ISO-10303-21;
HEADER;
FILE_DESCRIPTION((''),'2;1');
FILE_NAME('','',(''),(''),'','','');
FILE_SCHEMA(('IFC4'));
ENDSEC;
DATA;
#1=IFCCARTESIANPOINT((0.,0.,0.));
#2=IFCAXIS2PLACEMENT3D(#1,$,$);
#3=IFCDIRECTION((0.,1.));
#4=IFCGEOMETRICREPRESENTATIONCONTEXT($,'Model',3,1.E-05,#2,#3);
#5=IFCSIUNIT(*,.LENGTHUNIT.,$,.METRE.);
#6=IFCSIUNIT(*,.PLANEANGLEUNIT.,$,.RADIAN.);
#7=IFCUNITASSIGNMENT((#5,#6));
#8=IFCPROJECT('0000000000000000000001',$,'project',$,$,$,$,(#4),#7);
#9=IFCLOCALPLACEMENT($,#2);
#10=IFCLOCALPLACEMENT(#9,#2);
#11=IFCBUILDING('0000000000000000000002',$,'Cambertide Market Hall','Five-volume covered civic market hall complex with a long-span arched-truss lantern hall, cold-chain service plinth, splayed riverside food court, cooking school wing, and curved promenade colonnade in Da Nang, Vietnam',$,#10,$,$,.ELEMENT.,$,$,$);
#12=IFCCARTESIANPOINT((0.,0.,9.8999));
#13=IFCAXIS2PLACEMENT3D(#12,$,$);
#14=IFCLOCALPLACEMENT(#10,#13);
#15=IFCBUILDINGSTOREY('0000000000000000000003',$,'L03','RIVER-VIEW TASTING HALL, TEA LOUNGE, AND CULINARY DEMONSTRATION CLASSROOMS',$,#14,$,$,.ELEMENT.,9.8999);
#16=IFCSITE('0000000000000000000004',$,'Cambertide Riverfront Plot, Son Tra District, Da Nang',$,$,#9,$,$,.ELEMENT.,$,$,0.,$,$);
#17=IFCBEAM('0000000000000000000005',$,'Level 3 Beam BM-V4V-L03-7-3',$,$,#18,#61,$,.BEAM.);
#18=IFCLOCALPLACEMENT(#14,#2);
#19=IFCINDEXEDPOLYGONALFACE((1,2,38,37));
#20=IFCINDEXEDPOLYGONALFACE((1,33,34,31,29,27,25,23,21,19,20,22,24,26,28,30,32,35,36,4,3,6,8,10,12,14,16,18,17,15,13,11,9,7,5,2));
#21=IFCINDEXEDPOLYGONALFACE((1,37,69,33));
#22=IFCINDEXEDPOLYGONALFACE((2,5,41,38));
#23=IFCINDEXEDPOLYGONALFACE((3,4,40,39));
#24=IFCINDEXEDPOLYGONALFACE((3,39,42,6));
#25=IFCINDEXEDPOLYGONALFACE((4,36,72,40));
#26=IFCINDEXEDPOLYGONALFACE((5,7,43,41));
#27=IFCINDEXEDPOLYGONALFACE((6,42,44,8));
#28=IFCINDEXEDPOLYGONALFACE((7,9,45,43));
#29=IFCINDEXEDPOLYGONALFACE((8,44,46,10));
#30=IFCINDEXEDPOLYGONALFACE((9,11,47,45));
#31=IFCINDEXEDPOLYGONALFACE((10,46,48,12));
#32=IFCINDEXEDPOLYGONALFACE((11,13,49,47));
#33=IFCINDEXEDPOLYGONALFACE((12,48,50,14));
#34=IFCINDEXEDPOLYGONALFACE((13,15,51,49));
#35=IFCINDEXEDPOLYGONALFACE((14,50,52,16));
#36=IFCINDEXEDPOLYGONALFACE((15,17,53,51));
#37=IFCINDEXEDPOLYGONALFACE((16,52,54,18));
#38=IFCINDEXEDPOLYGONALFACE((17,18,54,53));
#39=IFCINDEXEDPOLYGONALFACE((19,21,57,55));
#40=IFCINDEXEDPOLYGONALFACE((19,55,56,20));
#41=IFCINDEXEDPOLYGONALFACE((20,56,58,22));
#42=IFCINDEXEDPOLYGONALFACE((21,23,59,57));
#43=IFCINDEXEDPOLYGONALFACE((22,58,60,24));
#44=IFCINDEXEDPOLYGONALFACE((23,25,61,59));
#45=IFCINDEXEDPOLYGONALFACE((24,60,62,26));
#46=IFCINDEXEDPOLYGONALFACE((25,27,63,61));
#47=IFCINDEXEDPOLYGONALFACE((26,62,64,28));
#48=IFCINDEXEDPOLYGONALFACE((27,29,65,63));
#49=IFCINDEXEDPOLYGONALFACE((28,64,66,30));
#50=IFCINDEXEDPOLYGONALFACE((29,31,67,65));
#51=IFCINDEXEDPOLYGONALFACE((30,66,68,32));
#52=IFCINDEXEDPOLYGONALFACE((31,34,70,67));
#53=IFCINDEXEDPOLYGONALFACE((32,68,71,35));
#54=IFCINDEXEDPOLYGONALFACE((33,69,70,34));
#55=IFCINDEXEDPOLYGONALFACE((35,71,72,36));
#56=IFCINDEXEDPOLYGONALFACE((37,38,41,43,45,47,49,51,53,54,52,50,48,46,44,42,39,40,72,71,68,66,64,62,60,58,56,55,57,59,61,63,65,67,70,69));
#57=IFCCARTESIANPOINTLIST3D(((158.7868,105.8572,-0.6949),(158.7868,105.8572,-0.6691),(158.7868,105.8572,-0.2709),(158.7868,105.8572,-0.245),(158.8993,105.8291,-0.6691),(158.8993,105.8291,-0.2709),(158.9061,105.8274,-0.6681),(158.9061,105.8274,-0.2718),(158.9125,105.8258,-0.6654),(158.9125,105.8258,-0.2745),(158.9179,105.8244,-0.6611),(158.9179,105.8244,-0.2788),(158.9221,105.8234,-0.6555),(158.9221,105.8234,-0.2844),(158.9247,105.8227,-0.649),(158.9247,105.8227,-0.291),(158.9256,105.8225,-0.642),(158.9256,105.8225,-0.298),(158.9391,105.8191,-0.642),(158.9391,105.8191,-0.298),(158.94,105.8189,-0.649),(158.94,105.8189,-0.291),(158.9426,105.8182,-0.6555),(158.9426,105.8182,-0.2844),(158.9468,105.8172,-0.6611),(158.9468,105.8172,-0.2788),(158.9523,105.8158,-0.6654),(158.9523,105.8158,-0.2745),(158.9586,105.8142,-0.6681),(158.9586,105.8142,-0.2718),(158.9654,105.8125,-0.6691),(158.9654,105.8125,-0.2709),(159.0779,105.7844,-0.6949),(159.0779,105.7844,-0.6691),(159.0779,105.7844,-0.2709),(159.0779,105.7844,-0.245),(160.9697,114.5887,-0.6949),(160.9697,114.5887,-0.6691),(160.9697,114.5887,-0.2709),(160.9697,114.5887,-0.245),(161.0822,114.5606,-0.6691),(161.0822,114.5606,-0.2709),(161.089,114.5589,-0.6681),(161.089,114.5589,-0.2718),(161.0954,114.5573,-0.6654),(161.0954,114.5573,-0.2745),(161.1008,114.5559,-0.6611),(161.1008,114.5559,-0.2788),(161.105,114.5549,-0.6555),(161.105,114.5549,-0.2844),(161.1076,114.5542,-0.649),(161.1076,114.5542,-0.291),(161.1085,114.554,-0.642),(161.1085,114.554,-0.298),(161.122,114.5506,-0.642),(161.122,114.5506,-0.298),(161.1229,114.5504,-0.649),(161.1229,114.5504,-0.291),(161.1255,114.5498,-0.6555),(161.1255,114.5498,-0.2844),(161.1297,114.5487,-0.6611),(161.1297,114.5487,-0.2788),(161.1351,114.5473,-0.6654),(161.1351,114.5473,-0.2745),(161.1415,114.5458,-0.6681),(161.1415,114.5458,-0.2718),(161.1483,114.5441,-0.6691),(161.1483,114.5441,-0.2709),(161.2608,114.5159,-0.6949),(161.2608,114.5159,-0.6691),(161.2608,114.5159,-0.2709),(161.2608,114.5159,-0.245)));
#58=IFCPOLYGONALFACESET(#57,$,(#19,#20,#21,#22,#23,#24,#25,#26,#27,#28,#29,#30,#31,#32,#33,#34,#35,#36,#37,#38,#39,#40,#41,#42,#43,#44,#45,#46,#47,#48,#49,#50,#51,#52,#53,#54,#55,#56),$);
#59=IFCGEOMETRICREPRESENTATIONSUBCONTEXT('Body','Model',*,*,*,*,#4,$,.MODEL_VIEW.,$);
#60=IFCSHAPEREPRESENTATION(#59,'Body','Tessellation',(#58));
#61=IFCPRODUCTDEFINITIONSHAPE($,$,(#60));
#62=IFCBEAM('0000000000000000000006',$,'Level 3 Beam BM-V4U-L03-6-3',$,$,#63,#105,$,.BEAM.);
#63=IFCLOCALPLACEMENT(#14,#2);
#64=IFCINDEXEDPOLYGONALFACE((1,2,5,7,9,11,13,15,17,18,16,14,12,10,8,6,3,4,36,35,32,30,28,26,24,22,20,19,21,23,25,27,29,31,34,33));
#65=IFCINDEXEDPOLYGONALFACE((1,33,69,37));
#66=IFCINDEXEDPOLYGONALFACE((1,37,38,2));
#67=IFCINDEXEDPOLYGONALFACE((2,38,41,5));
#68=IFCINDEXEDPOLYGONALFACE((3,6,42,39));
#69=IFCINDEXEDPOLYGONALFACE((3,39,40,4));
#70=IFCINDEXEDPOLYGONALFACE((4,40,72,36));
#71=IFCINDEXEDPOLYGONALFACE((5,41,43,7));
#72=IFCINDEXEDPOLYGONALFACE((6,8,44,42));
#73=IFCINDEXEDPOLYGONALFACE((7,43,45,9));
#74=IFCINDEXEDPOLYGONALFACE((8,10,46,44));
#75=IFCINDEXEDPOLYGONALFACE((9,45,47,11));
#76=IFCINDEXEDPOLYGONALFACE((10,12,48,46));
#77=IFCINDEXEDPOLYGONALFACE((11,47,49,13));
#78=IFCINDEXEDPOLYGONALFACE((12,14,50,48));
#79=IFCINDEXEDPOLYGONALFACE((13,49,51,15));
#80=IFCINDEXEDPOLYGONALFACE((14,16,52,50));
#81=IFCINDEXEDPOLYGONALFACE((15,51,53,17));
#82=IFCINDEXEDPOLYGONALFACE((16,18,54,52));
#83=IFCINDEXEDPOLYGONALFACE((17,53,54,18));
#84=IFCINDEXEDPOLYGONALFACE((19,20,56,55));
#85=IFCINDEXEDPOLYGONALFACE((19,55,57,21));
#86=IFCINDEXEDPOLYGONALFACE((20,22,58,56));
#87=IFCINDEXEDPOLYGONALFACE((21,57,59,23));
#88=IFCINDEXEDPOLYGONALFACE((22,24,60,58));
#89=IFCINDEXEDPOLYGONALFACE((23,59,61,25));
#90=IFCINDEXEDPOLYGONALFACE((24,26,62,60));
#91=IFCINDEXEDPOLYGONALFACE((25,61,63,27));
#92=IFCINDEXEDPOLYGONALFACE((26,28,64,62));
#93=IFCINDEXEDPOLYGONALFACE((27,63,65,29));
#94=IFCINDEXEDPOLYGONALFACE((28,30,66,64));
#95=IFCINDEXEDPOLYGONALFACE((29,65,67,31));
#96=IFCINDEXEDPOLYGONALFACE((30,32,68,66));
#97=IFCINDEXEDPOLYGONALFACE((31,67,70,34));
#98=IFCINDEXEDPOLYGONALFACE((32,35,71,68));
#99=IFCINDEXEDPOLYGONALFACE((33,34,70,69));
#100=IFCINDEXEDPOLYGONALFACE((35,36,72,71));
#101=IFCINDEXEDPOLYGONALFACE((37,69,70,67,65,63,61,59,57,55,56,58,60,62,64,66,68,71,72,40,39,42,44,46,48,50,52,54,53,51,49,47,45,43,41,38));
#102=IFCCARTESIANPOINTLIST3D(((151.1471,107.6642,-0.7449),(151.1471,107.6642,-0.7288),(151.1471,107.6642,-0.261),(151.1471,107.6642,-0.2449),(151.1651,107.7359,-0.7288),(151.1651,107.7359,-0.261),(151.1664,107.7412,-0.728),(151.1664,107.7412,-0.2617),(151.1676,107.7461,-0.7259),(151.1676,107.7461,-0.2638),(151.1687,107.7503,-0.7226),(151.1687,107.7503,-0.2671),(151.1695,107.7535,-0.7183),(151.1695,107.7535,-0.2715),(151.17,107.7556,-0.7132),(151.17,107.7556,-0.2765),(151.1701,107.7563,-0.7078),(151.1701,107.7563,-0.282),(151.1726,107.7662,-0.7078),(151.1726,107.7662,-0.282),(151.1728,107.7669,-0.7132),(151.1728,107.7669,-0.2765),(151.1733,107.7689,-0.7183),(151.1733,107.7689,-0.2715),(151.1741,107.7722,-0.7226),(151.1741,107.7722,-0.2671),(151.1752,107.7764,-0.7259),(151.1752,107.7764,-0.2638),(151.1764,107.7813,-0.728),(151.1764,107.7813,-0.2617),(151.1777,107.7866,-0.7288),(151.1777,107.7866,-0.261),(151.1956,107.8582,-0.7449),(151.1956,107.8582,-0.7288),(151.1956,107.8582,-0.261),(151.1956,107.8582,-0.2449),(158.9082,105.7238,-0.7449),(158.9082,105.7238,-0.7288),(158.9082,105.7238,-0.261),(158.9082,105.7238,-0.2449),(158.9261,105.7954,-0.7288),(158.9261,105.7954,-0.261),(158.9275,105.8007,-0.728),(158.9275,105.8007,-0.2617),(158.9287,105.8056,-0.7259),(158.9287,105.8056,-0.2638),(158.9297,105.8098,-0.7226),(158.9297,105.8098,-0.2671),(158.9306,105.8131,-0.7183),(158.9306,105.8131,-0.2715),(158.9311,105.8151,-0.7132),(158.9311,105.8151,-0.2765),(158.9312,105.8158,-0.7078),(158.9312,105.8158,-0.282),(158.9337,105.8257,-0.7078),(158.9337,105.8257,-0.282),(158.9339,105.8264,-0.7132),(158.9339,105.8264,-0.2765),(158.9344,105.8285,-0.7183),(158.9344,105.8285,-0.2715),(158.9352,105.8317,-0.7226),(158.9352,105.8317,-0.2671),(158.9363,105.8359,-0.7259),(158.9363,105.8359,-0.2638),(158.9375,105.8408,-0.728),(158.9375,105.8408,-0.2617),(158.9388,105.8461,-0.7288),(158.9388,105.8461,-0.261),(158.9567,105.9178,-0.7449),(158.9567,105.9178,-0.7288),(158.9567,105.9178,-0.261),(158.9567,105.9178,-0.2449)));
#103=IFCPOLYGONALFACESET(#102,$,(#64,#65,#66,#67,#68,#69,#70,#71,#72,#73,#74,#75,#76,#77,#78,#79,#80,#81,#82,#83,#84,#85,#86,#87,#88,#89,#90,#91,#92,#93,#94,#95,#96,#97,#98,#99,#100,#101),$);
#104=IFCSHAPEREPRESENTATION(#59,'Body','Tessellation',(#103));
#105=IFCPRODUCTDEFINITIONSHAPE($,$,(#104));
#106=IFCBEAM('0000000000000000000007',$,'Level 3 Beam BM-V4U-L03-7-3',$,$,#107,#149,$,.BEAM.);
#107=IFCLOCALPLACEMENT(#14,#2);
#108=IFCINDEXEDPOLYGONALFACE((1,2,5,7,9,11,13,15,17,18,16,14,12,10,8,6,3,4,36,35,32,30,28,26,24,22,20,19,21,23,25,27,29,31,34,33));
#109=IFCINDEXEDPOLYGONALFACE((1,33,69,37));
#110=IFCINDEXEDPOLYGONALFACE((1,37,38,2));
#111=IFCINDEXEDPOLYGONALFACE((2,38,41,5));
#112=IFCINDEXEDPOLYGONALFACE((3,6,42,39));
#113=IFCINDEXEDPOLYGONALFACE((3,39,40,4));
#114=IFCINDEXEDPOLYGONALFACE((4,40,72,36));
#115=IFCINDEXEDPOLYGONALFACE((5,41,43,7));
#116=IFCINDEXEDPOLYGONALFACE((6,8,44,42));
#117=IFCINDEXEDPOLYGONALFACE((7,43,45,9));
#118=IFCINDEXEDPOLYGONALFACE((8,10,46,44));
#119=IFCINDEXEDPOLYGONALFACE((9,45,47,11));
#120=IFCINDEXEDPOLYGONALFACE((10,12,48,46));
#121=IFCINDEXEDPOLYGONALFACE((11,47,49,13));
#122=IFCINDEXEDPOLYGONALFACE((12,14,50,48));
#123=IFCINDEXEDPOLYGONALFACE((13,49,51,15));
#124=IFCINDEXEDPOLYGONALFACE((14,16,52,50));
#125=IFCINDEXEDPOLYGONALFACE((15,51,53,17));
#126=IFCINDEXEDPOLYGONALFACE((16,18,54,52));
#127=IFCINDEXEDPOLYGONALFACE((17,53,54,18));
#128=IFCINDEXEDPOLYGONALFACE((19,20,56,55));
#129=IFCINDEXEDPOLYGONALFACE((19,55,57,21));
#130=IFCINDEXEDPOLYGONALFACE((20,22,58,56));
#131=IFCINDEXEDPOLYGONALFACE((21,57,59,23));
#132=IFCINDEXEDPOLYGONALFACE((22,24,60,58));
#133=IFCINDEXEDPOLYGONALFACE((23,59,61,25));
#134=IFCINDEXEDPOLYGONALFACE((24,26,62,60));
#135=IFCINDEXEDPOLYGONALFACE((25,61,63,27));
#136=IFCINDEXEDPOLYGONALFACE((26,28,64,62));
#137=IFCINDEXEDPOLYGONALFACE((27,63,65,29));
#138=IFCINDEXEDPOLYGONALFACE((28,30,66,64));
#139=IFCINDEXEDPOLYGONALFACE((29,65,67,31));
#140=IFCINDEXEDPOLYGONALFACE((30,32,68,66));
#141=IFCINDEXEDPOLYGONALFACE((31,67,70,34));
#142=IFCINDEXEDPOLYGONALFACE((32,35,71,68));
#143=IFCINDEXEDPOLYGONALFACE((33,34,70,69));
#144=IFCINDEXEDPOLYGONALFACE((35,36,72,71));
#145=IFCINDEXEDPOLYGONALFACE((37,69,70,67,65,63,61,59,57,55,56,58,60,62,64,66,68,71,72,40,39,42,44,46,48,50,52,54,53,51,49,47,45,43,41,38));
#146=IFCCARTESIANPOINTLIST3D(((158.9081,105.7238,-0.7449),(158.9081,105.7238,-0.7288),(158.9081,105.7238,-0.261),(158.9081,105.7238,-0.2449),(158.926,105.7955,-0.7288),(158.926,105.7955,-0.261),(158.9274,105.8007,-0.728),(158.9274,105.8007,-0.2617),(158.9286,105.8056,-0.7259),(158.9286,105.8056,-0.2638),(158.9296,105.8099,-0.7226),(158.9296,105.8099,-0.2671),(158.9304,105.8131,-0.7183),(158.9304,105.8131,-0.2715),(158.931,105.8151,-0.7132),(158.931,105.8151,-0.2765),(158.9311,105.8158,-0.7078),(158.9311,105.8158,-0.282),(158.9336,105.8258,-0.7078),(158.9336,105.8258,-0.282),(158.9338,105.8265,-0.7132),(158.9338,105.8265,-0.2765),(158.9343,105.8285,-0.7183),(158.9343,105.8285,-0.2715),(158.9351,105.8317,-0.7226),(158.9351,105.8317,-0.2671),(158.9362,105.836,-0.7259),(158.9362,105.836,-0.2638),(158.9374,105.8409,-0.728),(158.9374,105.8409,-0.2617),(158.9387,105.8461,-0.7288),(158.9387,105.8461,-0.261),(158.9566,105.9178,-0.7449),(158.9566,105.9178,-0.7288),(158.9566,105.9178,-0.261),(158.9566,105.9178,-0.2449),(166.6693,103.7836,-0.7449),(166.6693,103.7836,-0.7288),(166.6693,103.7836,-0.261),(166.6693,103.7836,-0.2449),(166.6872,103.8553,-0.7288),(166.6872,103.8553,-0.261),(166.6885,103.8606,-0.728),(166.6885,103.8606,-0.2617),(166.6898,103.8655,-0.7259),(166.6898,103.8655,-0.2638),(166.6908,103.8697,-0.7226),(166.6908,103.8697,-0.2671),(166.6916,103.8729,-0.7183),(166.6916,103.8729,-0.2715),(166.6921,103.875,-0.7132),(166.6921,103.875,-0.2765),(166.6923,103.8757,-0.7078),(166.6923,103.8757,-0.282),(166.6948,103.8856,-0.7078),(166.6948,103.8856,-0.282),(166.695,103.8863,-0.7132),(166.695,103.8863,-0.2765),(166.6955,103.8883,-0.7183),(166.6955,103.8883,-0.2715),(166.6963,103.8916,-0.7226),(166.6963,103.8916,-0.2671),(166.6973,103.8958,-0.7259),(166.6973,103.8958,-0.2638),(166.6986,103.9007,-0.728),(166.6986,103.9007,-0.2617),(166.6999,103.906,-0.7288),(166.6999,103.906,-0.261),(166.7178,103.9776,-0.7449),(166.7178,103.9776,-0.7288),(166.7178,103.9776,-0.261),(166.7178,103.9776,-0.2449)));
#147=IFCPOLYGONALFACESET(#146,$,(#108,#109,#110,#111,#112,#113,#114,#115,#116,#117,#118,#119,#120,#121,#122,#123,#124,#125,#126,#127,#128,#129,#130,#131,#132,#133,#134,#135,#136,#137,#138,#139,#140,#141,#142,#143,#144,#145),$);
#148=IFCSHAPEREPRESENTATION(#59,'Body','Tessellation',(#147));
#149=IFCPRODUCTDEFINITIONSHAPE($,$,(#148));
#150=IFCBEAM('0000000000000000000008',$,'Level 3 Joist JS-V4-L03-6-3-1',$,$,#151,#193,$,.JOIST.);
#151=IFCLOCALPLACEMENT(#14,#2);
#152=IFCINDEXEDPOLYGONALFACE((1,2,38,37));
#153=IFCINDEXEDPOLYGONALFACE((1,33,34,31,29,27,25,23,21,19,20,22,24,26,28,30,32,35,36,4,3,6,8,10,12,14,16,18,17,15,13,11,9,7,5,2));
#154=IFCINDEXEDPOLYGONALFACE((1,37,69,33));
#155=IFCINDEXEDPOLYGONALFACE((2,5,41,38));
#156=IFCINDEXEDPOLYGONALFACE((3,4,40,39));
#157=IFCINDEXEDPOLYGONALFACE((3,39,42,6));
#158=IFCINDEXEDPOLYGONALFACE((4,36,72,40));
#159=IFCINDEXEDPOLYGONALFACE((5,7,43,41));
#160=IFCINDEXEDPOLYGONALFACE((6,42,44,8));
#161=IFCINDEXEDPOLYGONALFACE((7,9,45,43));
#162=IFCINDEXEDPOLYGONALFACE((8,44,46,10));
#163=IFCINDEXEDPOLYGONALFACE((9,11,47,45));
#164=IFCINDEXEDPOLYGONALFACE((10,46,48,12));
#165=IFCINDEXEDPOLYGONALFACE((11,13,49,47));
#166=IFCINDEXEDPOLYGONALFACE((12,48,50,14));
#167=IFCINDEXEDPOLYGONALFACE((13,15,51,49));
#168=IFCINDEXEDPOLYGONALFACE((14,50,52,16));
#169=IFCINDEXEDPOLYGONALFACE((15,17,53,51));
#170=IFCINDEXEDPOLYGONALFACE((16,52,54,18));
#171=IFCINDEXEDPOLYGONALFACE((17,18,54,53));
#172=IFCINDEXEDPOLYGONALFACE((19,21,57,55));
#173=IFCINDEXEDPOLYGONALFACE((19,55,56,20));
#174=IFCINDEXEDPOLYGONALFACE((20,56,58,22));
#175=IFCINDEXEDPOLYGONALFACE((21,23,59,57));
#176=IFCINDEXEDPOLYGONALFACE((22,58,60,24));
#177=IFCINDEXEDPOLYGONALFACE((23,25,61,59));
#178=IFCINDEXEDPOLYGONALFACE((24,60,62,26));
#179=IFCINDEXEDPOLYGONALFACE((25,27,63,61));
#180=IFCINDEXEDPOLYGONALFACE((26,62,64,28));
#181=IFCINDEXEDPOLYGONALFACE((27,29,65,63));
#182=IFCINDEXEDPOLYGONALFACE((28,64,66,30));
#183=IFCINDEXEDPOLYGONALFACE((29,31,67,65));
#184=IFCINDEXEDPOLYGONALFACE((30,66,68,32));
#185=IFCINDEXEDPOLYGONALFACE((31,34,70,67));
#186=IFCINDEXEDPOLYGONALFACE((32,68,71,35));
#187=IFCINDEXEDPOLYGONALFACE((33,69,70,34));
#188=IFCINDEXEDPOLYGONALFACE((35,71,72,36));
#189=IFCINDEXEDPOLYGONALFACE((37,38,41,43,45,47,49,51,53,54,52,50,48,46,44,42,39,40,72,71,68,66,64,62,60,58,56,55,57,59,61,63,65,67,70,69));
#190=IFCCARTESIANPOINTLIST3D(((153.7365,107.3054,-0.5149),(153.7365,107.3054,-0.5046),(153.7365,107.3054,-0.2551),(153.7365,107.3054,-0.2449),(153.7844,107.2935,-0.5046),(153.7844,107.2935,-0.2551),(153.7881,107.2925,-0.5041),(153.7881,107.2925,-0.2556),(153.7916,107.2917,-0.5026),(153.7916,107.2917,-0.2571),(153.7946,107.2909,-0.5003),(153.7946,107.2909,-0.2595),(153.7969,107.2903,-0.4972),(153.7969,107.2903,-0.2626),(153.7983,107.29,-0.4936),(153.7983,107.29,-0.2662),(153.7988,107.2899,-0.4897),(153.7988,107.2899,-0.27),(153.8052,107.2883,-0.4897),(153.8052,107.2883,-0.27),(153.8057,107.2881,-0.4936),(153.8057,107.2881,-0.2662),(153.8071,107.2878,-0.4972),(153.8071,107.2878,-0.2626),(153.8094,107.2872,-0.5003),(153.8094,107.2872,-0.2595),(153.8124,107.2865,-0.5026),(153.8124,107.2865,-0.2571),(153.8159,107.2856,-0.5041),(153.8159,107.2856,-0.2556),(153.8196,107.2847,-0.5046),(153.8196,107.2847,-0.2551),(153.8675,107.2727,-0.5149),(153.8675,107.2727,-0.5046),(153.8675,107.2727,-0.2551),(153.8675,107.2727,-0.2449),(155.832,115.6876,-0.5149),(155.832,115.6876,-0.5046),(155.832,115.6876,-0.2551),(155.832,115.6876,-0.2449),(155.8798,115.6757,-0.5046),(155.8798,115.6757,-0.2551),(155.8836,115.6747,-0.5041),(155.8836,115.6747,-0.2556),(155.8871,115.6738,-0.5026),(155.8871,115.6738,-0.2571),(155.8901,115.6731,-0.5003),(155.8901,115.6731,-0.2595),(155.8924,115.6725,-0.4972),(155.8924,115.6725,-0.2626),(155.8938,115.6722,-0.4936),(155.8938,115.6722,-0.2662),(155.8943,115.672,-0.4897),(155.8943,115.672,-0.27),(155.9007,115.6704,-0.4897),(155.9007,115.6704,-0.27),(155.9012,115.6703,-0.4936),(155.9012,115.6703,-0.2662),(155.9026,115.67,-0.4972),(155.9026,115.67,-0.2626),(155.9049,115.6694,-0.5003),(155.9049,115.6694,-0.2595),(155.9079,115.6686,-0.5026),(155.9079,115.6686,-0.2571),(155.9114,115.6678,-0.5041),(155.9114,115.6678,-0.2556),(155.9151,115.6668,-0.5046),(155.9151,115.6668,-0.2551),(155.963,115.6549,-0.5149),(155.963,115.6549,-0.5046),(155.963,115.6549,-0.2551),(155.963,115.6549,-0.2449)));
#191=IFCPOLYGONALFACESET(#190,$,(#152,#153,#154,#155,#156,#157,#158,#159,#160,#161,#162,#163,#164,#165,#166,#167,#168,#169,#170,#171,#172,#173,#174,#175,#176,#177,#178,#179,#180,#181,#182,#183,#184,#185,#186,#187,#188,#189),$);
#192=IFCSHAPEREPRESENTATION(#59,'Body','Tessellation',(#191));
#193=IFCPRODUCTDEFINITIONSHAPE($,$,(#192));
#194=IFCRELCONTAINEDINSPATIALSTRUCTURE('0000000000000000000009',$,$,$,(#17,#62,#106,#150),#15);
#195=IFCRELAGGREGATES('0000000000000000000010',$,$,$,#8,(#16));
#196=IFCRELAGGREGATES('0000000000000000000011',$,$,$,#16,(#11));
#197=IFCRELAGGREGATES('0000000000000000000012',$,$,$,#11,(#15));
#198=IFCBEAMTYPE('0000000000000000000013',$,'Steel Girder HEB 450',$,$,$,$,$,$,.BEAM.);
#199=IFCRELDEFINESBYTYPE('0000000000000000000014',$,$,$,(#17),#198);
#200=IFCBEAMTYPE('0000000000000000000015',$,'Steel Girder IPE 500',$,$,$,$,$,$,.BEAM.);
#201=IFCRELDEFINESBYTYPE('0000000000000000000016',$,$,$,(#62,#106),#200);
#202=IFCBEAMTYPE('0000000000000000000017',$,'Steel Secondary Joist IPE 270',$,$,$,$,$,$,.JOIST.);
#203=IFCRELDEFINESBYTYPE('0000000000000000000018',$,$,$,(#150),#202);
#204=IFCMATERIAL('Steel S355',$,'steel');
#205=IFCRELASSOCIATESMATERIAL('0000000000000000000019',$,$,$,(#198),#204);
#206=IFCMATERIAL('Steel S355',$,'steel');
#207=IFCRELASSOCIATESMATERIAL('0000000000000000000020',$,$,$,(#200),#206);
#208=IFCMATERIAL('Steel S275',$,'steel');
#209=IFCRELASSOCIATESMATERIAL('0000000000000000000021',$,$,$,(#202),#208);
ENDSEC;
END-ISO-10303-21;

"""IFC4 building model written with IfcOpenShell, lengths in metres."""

from ifc_helpers import new_model, si_unit, direction, frame, origin, origin_2d, place, context, subcontext, project, spatial, i_section, extrude, material, material_profile, profile_set, type_object, element, save


model = new_model("IFC4")

# Units and contexts
model_context = context("Model", 3, precision=1e-05, world=origin(), true_north=direction((0.0, 1.0)))
body_context = subcontext(model_context, "Body", "Model", "MODEL_VIEW")
ifc_project = project(units=[si_unit("LENGTHUNIT", "METRE"), si_unit("PLANEANGLEUNIT", "RADIAN")], contexts=[model_context])

# Site, building, storey
site_placement = place(None, origin())
site = spatial("IfcSite", under=ifc_project, at=site_placement, Name="Cambertide Riverfront Plot, Son Tra District, Da Nang", CompositionType="ELEMENT", RefElevation=0.0)
building_placement = place(site_placement, origin())
building = spatial("IfcBuilding", under=site, at=building_placement, Name="Cambertide Market Hall", Description="Five-volume covered civic market hall complex with a long-span arched-truss lantern hall, cold-chain service plinth, splayed riverside food court, cooking school wing, and curved promenade colonnade in Da Nang, Vietnam", CompositionType="ELEMENT")
storey_placement = place(building_placement, frame((0.0, 0.0, 9.8999)))
storey = spatial("IfcBuildingStorey", under=building, at=storey_placement, Name="L03", Description="RIVER-VIEW TASTING HALL, TEA LOUNGE, AND CULINARY DEMONSTRATION CLASSROOMS", CompositionType="ELEMENT", Elevation=9.8999)

# Beams
ifc_material_1 = material(Name="Steel S355", Category="steel")
ifc_material_profile_1 = material_profile(ifc_material_1, i_section(OverallWidth=0.3, OverallDepth=0.45, WebThickness=0.0139, FlangeThickness=0.0259, FilletRadius=0.0271, at=origin_2d()), Name="HEB 450")
ifc_profile_set_1 = profile_set([ifc_material_profile_1], Name="Steel S355")
beam_type_1 = type_object("IfcBeamType", Name="Steel Girder HEB 450", PredefinedType="BEAM", material=ifc_profile_set_1)
beam_1_placement = place(storey_placement, frame((158.9324, 105.8208, -0.47), z_axis=(0.242536, 0.970143, 0.0), x_axis=(-0.970143, 0.242536, 0.0)))
element("IfcBeam", 1, at=beam_1_placement, inside=storey, type_object=beam_type_1, Name="Level 3 Beam BM-V4V-L03-7-3", PredefinedType="BEAM", context=body_context, shape_type="SweptSolid", body=[
    extrude(i_section(OverallWidth=0.3, OverallDepth=0.45, WebThickness=0.0139, FlangeThickness=0.0259, FilletRadius=0.0271, at=origin_2d()), origin(), (0.0, 0.0, 1.0), 9.0002),
])
ifc_material_2 = material(Name="Steel S355", Category="steel")
ifc_material_profile_2 = material_profile(ifc_material_2, i_section(OverallWidth=0.2, OverallDepth=0.5, WebThickness=0.0103, FlangeThickness=0.0161, FilletRadius=0.021, at=origin_2d()), Name="IPE 500")
ifc_profile_set_2 = profile_set([ifc_material_profile_2], Name="Steel S355")
beam_type_2 = type_object("IfcBeamType", Name="Steel Girder IPE 500", PredefinedType="BEAM", material=ifc_profile_set_2)
for number, where, z_axis, x_axis, name in (
    (2, (151.1714, 107.7612, -0.4949), (0.970137, -0.242557, 0.0), (0.242557, 0.970137, 0.0), "Level 3 Beam BM-V4U-L03-6-3"),
    (3, (158.9324, 105.8208, -0.4949), (0.970146, -0.242521, 0.0), (0.242521, 0.970146, 0.0), "Level 3 Beam BM-V4U-L03-7-3"),
):
    element("IfcBeam", number, at=place(storey_placement, frame(where, z_axis=z_axis, x_axis=x_axis)), inside=storey, type_object=beam_type_2, Name=name, PredefinedType="BEAM", context=body_context, shape_type="SweptSolid", body=[
        extrude(i_section(OverallWidth=0.2, OverallDepth=0.5, WebThickness=0.0103, FlangeThickness=0.0161, FilletRadius=0.021, at=origin_2d()), origin(), (0.0, 0.0, 1.0), 8.0),
    ])
ifc_material_3 = material(Name="Steel S275", Category="steel")
ifc_material_profile_3 = material_profile(ifc_material_3, i_section(OverallWidth=0.135, OverallDepth=0.27, WebThickness=0.0066, FlangeThickness=0.0103, FilletRadius=0.0149, at=origin_2d()), Name="IPE 270")
ifc_profile_set_3 = profile_set([ifc_material_profile_3], Name="Steel S275")
beam_type_3 = type_object("IfcBeamType", Name="Steel Secondary Joist IPE 270", PredefinedType="JOIST", material=ifc_profile_set_3)
beam_2_placement = place(storey_placement, frame((153.802, 107.2891, -0.3799), z_axis=(0.242529, 0.970144, 0.0), x_axis=(-0.970144, 0.242529, 0.0)))
element("IfcBeam", 4, at=beam_2_placement, inside=storey, type_object=beam_type_3, Name="Level 3 Joist JS-V4-L03-6-3-1", PredefinedType="JOIST", context=body_context, shape_type="SweptSolid", body=[
    extrude(i_section(OverallWidth=0.135, OverallDepth=0.27, WebThickness=0.0066, FlangeThickness=0.0103, FilletRadius=0.0149, at=origin_2d()), origin(), (0.0, 0.0, 1.0), 8.6401),
])

save(model, "model.ifc")
